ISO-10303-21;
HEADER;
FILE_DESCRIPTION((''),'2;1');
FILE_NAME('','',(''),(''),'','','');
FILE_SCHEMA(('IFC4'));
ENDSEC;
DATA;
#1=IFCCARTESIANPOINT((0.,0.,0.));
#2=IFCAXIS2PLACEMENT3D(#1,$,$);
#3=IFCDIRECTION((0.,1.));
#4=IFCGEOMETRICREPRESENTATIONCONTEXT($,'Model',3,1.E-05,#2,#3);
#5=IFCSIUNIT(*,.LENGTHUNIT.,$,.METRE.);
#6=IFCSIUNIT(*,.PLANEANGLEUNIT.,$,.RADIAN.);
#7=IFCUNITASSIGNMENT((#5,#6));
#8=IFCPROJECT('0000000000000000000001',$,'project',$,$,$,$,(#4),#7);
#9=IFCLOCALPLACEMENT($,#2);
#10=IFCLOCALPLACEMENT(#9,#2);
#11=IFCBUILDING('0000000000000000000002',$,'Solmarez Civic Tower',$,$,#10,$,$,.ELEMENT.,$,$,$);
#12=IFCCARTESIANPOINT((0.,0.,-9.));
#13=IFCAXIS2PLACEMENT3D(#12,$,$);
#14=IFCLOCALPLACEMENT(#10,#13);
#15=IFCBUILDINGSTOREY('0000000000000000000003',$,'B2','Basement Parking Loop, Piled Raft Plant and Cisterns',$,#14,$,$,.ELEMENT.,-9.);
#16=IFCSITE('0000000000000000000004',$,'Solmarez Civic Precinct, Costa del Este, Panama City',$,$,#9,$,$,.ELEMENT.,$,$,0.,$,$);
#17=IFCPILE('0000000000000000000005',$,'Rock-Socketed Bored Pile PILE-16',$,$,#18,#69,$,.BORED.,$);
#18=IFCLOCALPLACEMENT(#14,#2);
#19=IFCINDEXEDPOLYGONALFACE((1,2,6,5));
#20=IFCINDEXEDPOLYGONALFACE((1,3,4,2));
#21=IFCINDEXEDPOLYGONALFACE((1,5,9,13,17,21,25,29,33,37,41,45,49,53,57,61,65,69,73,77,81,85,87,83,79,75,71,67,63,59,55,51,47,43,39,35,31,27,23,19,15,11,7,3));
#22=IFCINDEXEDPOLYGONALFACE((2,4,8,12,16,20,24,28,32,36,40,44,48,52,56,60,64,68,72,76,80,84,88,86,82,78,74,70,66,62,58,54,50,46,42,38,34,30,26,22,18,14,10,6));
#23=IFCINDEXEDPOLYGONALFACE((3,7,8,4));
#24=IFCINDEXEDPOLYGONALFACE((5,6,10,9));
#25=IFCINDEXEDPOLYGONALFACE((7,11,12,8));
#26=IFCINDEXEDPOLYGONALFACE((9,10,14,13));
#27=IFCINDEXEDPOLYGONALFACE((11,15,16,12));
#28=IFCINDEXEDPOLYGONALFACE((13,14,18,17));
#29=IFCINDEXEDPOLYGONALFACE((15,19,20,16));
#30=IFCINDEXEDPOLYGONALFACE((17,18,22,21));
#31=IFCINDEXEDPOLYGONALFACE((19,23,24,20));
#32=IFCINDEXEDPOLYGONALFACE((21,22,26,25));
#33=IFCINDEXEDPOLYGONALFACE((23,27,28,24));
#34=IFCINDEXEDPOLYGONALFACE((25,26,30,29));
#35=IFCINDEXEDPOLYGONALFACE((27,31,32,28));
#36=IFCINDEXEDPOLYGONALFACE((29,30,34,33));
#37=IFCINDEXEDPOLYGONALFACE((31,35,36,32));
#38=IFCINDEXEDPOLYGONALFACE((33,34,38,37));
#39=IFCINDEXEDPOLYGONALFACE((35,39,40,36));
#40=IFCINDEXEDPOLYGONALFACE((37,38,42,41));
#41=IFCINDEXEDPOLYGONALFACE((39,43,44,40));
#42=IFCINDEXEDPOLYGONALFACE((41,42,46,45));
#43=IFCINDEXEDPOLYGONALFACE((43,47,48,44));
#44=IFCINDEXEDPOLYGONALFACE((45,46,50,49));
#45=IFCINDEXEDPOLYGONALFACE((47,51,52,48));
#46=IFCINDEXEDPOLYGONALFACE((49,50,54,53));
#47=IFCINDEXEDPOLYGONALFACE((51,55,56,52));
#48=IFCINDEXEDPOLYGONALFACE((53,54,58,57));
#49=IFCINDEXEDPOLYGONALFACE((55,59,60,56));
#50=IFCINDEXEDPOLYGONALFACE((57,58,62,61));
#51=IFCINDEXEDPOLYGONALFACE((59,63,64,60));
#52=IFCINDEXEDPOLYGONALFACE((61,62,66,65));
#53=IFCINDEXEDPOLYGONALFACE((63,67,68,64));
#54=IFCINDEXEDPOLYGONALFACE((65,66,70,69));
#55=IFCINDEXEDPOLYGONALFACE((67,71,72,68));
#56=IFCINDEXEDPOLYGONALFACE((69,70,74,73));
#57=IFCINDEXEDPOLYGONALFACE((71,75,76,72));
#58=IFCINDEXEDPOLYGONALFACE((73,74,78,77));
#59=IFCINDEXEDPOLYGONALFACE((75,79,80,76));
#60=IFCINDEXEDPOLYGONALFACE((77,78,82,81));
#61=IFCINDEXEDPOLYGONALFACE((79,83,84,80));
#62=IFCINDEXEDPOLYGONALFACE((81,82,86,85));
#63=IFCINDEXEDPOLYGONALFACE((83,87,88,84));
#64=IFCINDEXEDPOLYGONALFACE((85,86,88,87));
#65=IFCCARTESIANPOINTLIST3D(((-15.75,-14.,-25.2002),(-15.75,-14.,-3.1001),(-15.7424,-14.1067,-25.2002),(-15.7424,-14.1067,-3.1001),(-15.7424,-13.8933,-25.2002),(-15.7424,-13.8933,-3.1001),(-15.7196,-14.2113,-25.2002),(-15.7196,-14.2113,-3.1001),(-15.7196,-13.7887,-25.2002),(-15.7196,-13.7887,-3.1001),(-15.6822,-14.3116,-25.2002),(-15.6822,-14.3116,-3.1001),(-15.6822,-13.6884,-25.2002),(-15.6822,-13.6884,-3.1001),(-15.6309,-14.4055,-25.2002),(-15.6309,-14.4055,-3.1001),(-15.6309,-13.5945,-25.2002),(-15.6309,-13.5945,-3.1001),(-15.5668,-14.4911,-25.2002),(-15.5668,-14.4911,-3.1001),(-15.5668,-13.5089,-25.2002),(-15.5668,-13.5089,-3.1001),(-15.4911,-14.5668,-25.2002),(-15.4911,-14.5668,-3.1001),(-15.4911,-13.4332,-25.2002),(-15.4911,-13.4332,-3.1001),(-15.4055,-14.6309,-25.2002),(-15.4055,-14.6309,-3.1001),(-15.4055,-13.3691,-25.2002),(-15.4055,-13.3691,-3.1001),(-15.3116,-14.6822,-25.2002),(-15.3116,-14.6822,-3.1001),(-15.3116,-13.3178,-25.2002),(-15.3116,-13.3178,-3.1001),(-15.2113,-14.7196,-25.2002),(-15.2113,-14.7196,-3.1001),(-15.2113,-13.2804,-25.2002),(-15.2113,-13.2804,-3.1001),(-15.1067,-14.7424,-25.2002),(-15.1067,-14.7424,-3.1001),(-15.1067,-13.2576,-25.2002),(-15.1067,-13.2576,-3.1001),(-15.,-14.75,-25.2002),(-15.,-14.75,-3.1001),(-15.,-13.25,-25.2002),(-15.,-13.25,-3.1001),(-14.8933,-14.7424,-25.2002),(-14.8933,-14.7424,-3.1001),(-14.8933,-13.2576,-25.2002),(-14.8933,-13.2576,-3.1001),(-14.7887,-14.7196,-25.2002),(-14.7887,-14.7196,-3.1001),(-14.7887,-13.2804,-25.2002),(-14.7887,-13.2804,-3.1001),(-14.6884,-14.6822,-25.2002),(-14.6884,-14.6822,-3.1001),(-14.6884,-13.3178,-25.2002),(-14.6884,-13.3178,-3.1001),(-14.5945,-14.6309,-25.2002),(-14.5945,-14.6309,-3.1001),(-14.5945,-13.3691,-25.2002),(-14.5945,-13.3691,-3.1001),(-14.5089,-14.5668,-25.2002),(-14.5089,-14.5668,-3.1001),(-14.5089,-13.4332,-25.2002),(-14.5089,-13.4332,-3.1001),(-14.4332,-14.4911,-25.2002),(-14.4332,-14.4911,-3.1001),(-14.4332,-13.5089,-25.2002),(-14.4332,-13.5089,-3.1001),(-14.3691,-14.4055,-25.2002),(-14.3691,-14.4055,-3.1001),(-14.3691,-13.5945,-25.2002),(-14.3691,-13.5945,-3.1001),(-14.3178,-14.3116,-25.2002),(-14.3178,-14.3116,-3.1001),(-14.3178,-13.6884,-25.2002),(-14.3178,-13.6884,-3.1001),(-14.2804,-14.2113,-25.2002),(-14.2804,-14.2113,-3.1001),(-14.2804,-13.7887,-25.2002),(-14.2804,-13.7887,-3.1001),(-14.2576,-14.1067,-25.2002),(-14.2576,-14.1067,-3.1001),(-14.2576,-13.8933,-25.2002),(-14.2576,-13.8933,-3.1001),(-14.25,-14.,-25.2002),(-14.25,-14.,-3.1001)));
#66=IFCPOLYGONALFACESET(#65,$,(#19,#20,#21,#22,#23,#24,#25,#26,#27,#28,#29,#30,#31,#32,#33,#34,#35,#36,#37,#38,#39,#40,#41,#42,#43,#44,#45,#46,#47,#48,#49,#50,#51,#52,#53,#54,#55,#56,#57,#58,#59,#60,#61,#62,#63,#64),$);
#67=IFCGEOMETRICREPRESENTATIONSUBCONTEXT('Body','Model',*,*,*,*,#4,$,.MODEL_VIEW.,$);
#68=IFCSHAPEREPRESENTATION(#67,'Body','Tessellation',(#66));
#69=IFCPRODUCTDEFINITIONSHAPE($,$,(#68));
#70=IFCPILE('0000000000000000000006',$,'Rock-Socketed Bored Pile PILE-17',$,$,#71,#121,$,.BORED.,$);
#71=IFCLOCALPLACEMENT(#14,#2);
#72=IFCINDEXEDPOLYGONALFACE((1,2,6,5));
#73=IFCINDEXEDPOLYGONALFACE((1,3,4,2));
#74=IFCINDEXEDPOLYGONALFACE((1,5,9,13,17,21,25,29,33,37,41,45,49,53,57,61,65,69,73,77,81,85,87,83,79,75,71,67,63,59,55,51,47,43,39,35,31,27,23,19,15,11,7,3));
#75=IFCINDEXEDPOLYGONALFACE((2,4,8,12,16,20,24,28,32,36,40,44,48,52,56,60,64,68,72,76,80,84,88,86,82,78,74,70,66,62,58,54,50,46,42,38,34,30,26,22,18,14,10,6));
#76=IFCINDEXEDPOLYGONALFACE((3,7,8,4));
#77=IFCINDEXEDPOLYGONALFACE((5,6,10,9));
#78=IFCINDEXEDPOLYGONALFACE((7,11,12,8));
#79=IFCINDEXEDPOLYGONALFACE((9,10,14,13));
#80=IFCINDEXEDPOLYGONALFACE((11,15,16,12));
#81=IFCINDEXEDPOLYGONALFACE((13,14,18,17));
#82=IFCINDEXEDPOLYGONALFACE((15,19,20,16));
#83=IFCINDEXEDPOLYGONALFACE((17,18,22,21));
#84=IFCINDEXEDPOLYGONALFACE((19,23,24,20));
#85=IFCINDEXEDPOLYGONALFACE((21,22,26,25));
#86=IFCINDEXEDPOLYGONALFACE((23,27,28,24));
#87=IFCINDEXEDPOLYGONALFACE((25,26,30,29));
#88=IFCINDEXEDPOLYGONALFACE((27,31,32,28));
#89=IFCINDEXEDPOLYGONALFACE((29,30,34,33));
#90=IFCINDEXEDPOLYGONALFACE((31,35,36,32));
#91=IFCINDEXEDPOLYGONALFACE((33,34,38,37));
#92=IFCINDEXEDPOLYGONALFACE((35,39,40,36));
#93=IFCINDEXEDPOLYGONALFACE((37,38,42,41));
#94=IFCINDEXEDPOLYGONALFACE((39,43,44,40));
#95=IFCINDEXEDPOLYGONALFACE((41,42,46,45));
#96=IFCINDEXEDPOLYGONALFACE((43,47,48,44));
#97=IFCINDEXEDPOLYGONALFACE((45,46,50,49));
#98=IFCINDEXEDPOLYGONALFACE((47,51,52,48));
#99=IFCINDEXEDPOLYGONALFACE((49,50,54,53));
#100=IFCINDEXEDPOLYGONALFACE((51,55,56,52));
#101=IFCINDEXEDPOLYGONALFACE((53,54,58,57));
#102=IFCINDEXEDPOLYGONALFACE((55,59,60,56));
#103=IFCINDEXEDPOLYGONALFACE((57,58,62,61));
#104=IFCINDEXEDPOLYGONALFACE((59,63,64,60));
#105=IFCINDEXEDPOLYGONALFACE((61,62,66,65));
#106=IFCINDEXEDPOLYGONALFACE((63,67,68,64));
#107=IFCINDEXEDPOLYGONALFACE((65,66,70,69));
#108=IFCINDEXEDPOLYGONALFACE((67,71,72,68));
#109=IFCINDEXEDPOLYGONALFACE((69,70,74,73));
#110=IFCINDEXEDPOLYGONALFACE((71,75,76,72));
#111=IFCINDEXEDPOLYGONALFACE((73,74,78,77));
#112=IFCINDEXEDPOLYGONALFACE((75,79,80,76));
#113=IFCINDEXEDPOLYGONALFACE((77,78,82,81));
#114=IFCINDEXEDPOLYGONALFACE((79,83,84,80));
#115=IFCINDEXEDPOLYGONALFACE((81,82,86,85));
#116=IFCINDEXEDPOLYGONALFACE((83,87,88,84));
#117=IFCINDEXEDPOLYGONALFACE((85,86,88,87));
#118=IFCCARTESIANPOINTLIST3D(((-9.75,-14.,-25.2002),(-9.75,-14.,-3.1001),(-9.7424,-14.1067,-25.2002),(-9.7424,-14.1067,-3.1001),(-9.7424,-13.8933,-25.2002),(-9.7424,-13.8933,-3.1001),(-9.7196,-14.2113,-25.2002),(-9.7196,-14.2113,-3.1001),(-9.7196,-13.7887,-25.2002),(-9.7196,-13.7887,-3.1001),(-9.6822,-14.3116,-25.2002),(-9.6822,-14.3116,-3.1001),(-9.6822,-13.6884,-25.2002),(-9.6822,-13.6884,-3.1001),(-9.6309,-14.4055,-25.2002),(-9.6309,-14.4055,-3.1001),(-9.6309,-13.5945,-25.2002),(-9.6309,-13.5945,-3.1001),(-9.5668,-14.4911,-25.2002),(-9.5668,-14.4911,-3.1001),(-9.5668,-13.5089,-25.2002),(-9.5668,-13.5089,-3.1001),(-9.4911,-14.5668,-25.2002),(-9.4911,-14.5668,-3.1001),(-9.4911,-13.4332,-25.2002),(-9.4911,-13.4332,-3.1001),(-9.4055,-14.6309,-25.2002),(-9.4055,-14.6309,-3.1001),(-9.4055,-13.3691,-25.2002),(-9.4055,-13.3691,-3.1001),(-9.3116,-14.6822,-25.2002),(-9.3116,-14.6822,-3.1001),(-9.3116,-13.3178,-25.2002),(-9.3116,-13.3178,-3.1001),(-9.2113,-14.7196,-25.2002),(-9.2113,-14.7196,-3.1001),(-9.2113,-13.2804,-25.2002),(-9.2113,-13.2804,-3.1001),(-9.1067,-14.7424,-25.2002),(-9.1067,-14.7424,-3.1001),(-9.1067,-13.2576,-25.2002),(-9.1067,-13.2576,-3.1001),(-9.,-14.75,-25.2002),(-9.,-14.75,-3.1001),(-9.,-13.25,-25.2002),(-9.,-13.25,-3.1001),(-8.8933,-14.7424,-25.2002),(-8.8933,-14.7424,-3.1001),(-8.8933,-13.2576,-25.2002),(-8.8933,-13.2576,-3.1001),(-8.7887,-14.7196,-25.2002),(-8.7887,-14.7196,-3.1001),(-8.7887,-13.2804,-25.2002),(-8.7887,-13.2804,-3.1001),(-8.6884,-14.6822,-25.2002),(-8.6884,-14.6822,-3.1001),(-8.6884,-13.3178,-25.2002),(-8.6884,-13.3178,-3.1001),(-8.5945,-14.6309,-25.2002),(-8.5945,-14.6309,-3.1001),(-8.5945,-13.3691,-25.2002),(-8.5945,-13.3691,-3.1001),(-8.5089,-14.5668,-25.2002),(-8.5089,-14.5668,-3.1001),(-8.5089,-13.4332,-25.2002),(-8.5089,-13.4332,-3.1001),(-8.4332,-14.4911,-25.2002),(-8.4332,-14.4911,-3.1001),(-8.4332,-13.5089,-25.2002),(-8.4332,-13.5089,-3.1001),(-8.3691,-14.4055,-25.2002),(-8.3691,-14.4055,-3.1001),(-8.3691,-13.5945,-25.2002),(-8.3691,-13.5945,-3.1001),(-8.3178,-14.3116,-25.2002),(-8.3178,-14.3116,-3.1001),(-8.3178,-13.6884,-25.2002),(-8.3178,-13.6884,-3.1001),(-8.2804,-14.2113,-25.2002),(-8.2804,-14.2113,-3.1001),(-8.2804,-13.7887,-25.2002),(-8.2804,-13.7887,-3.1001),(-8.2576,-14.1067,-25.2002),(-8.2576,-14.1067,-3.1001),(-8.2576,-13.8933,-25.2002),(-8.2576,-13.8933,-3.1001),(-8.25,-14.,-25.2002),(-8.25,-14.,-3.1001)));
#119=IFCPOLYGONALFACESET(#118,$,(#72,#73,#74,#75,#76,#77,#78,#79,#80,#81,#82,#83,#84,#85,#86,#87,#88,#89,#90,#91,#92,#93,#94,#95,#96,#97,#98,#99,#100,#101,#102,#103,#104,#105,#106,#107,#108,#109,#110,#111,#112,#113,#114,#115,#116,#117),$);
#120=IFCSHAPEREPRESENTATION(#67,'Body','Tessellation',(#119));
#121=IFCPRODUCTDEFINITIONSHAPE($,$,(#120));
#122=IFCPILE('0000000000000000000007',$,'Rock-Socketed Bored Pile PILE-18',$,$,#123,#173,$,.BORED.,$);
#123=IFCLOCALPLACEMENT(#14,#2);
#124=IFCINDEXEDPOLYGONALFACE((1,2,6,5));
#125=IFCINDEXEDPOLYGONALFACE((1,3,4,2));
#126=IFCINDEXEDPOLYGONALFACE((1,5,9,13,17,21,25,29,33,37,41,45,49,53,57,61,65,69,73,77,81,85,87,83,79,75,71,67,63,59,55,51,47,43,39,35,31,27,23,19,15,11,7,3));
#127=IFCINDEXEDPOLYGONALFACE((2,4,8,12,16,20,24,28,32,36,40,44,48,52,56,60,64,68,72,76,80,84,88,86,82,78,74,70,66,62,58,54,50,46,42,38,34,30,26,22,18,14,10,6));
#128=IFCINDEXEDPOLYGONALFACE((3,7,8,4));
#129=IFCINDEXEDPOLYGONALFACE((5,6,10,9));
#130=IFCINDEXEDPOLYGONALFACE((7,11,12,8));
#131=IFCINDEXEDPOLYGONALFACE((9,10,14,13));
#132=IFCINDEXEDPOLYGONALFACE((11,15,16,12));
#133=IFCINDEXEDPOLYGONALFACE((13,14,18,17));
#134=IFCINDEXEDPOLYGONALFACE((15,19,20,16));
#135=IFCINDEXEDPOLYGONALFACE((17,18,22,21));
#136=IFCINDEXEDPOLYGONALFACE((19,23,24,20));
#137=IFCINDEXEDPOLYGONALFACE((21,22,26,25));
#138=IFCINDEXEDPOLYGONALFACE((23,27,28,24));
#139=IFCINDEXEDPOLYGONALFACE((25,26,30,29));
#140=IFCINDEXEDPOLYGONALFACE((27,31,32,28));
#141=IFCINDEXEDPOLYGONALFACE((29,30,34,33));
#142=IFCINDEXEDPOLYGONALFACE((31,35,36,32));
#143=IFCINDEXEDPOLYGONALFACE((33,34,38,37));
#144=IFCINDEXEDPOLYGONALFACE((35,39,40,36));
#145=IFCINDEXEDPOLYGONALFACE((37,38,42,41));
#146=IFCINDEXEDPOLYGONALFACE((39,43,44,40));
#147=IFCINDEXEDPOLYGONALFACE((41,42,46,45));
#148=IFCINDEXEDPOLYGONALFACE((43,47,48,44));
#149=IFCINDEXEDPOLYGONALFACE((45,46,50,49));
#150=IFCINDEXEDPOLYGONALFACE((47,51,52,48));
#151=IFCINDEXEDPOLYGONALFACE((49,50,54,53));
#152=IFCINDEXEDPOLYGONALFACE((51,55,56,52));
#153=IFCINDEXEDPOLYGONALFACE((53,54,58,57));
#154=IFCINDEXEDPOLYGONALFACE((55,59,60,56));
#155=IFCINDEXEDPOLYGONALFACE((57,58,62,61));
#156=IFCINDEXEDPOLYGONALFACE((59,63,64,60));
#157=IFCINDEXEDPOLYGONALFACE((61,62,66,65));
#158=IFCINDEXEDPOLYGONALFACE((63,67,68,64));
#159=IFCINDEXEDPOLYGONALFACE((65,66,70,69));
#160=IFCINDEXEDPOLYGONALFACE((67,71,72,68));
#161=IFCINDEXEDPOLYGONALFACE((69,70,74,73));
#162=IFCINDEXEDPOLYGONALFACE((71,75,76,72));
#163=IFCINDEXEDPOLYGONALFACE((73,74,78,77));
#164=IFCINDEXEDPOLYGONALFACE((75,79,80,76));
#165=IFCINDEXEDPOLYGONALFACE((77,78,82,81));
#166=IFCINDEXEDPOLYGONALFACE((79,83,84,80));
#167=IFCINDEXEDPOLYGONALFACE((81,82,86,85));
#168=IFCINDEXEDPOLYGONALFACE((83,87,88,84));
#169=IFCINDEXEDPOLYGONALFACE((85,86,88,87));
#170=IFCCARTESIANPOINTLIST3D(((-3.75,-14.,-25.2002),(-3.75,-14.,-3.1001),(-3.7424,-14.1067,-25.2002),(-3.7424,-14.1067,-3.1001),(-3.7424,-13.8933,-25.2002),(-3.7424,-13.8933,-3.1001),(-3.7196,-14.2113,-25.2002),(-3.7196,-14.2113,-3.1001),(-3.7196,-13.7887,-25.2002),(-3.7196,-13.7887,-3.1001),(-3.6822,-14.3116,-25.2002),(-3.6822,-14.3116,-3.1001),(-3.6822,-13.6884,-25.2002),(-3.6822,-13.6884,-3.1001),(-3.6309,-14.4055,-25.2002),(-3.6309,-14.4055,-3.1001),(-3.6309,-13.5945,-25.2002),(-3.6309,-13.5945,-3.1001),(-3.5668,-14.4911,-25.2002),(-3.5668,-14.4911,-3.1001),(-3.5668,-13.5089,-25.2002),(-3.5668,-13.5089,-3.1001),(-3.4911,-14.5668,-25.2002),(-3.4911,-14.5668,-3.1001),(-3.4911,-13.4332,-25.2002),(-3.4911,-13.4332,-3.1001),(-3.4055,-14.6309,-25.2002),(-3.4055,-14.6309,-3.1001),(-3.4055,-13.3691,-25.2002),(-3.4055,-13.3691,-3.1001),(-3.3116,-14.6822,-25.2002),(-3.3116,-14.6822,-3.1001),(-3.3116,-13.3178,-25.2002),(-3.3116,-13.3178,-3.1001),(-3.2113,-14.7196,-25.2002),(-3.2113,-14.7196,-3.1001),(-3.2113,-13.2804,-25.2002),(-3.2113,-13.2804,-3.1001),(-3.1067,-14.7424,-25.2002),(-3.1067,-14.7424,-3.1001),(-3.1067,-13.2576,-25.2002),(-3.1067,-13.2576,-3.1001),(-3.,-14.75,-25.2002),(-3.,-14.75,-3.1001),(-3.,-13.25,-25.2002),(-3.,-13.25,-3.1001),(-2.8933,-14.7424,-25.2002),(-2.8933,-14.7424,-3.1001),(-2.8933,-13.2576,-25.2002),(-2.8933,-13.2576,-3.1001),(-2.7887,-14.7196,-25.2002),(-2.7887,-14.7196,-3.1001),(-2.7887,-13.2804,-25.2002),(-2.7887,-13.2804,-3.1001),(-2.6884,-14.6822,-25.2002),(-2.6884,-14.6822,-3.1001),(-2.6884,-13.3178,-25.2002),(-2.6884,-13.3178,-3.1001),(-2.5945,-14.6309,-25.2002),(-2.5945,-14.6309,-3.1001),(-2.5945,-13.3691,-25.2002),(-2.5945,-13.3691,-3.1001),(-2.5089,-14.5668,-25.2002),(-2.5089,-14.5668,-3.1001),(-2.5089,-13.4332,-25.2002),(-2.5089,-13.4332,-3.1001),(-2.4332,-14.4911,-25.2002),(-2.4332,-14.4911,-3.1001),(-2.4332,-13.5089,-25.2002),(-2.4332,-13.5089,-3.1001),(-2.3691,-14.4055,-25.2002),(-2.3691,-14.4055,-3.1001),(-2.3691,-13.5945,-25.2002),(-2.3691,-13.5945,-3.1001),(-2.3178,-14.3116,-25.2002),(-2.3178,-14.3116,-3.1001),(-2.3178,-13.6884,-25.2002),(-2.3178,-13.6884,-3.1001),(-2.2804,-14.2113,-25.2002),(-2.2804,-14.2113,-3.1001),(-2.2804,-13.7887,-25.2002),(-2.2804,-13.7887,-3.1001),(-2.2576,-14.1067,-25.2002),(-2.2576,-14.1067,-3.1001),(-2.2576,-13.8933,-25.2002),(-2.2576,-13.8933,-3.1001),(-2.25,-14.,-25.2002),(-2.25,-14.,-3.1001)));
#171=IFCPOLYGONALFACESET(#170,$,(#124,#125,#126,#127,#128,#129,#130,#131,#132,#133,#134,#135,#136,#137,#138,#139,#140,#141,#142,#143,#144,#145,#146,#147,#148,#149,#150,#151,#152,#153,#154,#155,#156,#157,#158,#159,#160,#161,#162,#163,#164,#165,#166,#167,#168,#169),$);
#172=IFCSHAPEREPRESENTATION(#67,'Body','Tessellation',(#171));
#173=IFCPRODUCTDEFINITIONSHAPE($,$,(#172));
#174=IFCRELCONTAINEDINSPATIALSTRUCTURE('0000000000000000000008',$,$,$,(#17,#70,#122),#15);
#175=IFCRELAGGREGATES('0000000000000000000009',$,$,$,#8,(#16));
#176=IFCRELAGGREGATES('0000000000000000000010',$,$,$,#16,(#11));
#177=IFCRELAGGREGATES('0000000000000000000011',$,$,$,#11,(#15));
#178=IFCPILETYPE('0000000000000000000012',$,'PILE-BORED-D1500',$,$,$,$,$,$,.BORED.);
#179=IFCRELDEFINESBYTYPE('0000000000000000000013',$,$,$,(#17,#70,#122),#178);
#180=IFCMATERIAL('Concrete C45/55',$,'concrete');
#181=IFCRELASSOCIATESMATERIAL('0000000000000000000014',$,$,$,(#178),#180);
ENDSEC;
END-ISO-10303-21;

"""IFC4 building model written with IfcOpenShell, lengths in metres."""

from ifc_helpers import new_model, si_unit, direction, frame, origin, origin_2d, place, context, subcontext, project, spatial, circle, extrude, material, material_profile, profile_set, type_object, element, save


model = new_model("IFC4")

# Units and contexts
model_context = context("Model", 3, precision=1e-05, world=origin(), true_north=direction((0.0, 1.0)))
body_context = subcontext(model_context, "Body", "Model", "MODEL_VIEW")
ifc_project = project(units=[si_unit("LENGTHUNIT", "METRE"), si_unit("PLANEANGLEUNIT", "RADIAN")], contexts=[model_context])

# Site, building, storey
site_placement = place(None, origin())
site = spatial("IfcSite", under=ifc_project, at=site_placement, Name="Solmarez Civic Precinct, Costa del Este, Panama City", CompositionType="ELEMENT", RefElevation=0.0)
building_placement = place(site_placement, origin())
building = spatial("IfcBuilding", under=site, at=building_placement, Name="Solmarez Civic Tower", CompositionType="ELEMENT")
storey_placement = place(building_placement, frame((0.0, 0.0, -9.0)))
storey = spatial("IfcBuildingStorey", under=building, at=storey_placement, Name="B2", Description="Basement Parking Loop, Piled Raft Plant and Cisterns", CompositionType="ELEMENT", Elevation=-9.0)

# Piles
ifc_material_1 = material(Name="Concrete C45/55", Category="concrete")
ifc_material_profile_1 = material_profile(ifc_material_1, circle(Radius=0.75, at=origin_2d()), Name="PILE-D1500")
ifc_profile_set_1 = profile_set([ifc_material_profile_1], Name="Concrete C45/55")
pile_type = type_object("IfcPileType", Name="PILE-BORED-D1500", PredefinedType="BORED", material=ifc_profile_set_1)
for number, where, z_axis, x_axis, name in (
    (1, (-15.0, -14.0, -3.1001), (0.0, 0.0, -1.0), (1.0, 0.0, 0.0), "Rock-Socketed Bored Pile PILE-16"),
    (2, (-9.0, -14.0, -3.1001), (0.0, 0.0, -1.0), (1.0, 0.0, 0.0), "Rock-Socketed Bored Pile PILE-17"),
    (3, (-3.0, -14.0, -3.1001), (0.0, 0.0, -1.0), (1.0, 0.0, 0.0), "Rock-Socketed Bored Pile PILE-18"),
):
    element("IfcPile", number, at=place(storey_placement, frame(where, z_axis=z_axis, x_axis=x_axis)), inside=storey, type_object=pile_type, Name=name, PredefinedType="BORED", context=body_context, shape_type="SweptSolid", body=[
        extrude(circle(Radius=0.75, at=origin_2d()), origin(), (0.0, 0.0, 1.0), 22.1001),
    ])

save(model, "model.ifc")
